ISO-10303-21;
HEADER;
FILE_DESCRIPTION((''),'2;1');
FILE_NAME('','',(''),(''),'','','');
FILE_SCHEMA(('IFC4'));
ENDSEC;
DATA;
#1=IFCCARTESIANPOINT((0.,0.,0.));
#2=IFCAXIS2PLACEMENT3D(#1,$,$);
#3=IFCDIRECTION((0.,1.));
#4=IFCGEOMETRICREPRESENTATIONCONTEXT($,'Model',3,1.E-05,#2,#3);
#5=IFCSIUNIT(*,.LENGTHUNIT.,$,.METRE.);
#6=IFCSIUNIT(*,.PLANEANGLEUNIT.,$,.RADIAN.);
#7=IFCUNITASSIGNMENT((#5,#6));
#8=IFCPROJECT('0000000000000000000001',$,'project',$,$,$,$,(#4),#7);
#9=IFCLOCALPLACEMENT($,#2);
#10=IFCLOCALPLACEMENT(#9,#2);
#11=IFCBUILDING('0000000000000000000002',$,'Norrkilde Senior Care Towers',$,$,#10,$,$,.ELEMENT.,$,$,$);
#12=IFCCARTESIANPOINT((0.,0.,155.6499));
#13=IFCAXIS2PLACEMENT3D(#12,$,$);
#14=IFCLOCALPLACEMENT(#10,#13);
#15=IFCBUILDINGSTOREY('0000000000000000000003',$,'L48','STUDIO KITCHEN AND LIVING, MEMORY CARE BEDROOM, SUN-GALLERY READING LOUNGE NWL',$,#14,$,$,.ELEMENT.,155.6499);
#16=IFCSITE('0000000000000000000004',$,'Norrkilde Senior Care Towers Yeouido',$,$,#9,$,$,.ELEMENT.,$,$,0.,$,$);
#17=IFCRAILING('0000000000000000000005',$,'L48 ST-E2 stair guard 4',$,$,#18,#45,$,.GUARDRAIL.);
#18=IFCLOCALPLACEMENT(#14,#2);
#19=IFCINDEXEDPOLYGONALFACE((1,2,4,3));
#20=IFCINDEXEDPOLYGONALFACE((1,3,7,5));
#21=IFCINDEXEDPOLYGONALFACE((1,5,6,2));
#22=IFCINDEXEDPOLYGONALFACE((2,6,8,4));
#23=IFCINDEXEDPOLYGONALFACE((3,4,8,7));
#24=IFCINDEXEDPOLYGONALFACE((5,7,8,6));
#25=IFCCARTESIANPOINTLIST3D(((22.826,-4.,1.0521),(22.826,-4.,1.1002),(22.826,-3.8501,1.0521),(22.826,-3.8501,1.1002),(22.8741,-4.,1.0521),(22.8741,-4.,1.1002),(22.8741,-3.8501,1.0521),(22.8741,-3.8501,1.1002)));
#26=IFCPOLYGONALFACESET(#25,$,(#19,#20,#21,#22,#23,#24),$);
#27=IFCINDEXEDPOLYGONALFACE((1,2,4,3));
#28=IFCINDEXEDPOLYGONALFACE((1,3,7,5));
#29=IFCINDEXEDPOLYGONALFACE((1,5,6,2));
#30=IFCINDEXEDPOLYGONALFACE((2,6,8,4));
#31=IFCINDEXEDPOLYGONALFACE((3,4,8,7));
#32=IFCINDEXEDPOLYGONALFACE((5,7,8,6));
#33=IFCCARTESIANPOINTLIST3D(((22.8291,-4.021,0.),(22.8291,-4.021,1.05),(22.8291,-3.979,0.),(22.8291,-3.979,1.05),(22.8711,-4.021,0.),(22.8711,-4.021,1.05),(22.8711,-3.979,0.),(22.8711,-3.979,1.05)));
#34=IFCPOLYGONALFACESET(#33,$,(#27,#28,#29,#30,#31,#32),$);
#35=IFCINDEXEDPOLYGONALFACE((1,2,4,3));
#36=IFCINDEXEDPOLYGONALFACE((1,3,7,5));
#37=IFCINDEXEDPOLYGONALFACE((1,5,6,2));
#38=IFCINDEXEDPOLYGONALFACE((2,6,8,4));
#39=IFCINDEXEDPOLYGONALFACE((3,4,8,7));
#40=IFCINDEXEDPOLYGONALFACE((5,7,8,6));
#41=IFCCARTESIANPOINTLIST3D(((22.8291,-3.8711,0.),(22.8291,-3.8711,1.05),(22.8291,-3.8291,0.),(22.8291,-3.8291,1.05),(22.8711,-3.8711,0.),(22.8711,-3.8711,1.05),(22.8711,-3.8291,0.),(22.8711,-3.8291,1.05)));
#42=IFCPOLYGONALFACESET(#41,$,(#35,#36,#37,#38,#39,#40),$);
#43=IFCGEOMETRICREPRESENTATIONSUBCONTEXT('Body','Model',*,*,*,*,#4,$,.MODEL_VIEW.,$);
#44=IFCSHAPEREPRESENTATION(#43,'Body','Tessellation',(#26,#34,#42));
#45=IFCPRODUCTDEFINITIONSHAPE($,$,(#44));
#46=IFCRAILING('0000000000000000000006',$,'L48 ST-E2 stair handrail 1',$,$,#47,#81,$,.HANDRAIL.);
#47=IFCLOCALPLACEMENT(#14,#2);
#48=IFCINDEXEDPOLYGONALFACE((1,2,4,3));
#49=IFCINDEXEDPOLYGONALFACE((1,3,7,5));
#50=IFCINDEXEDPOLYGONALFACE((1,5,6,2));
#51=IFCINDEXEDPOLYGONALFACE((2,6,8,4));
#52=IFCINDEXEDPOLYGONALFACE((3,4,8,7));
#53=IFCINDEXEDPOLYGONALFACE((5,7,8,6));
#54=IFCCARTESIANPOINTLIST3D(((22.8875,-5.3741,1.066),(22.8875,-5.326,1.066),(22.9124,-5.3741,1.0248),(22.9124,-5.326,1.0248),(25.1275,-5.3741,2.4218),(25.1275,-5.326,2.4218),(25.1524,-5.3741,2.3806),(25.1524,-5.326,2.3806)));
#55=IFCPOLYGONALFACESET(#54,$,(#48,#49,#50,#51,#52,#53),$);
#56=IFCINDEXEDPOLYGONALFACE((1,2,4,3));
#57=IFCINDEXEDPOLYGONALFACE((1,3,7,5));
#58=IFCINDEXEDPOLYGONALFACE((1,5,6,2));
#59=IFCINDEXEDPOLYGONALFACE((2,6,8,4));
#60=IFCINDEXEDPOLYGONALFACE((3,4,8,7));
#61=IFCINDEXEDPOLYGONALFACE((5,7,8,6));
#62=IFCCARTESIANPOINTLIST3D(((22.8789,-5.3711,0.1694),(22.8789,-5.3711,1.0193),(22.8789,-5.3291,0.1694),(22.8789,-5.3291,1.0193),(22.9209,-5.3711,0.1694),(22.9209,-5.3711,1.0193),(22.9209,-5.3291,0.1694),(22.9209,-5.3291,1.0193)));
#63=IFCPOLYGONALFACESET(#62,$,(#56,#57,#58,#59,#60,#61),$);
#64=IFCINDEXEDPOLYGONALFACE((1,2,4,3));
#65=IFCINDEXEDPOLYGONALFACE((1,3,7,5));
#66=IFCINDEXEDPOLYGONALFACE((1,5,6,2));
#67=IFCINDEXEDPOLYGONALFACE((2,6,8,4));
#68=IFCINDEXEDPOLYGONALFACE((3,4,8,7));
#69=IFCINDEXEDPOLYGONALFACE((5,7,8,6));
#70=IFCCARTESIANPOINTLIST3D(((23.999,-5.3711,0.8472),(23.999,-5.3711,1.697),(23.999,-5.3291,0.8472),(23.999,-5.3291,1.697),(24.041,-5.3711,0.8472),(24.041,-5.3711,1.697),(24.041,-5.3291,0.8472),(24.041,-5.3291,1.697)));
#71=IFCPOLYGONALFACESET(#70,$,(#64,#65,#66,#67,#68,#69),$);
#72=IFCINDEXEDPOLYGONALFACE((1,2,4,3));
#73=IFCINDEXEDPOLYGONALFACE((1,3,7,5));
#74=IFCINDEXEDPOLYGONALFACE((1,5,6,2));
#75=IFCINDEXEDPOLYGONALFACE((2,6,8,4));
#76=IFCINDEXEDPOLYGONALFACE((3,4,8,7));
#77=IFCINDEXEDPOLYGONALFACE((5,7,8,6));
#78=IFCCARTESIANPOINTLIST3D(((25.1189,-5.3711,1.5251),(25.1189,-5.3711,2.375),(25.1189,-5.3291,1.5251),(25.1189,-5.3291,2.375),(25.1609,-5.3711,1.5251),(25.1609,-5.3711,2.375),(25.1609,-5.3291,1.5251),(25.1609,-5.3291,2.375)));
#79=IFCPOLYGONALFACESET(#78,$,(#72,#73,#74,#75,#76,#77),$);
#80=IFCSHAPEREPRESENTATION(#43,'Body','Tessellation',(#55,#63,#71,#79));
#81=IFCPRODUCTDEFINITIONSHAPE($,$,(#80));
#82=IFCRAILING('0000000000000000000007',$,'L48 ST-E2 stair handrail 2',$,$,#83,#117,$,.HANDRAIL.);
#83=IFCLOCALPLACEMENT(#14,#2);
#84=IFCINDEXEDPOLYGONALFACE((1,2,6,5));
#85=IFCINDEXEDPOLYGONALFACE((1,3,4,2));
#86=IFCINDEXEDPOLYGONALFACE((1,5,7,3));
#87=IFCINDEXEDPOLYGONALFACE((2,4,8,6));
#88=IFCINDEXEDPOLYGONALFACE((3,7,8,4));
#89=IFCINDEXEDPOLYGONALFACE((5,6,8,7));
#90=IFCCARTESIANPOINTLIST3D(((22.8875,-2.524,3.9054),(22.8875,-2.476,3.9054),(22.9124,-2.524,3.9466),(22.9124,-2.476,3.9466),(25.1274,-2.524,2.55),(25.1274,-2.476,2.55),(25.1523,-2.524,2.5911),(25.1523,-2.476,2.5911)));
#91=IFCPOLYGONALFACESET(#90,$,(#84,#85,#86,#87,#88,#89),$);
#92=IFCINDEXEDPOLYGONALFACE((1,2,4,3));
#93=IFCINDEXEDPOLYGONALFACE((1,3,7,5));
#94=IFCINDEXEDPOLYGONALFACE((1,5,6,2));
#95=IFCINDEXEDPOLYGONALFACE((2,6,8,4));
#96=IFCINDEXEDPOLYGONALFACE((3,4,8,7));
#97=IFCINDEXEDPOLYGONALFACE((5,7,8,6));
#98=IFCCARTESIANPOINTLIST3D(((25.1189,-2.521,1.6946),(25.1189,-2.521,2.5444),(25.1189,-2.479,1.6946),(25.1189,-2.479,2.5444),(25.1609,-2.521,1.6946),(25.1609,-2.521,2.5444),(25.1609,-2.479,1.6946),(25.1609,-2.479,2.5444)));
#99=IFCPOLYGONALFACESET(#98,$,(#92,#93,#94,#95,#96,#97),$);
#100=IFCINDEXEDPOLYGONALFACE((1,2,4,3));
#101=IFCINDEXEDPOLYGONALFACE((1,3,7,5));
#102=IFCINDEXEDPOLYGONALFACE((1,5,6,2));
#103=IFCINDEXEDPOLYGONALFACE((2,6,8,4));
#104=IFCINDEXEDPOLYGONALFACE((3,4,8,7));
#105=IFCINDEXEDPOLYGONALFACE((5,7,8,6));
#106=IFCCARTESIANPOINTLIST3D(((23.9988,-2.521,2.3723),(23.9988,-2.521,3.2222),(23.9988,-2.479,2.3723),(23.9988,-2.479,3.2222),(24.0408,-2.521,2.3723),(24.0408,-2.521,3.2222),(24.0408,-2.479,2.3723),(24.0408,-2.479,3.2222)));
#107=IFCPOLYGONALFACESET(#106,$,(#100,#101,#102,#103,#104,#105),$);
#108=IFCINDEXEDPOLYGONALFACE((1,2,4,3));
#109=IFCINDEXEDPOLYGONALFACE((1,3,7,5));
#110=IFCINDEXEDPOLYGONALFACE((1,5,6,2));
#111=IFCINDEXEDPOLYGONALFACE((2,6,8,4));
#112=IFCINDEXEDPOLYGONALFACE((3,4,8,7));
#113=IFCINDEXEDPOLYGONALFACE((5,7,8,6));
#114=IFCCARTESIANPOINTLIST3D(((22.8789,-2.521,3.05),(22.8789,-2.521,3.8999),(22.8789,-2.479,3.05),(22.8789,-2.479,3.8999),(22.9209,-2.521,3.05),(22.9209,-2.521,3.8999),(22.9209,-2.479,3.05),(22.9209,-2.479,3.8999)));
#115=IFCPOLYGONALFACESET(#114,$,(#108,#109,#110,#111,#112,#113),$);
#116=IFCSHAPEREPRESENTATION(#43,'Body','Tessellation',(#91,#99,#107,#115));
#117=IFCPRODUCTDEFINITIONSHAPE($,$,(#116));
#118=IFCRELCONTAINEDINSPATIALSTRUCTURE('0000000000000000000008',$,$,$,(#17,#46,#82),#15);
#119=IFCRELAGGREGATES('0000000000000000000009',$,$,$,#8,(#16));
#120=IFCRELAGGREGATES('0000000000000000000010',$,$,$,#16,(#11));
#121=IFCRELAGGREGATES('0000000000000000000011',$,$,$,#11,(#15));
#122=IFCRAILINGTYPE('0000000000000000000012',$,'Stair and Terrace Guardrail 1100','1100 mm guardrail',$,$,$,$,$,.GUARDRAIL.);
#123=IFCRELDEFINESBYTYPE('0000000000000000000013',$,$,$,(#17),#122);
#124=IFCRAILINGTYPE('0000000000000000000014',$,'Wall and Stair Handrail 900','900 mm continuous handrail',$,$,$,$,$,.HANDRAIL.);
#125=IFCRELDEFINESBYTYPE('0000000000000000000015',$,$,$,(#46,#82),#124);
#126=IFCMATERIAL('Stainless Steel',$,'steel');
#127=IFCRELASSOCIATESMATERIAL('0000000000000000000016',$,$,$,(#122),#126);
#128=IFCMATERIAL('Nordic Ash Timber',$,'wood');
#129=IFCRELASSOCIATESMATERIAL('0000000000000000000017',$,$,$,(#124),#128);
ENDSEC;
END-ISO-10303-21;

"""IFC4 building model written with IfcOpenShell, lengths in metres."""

from ifc_helpers import new_model, si_unit, direction, frame, origin, origin_2d, place, context, subcontext, project, spatial, rectangle, extrude, material, type_object, element, save


model = new_model("IFC4")

# Units and contexts
model_context = context("Model", 3, precision=1e-05, world=origin(), true_north=direction((0.0, 1.0)))
body_context = subcontext(model_context, "Body", "Model", "MODEL_VIEW")
ifc_project = project(units=[si_unit("LENGTHUNIT", "METRE"), si_unit("PLANEANGLEUNIT", "RADIAN")], contexts=[model_context])

# Site, building, storey
site_placement = place(None, origin())
site = spatial("IfcSite", under=ifc_project, at=site_placement, Name="Norrkilde Senior Care Towers Yeouido", CompositionType="ELEMENT", RefElevation=0.0)
building_placement = place(site_placement, origin())
building = spatial("IfcBuilding", under=site, at=building_placement, Name="Norrkilde Senior Care Towers", CompositionType="ELEMENT")
storey_placement = place(building_placement, frame((0.0, 0.0, 155.6499)))
storey = spatial("IfcBuildingStorey", under=building, at=storey_placement, Name="L48", Description="STUDIO KITCHEN AND LIVING, MEMORY CARE BEDROOM, SUN-GALLERY READING LOUNGE NWL", CompositionType="ELEMENT", Elevation=155.6499)

# Railings
ifc_material_1 = material(Name="Stainless Steel", Category="steel")
railing_type_1 = type_object("IfcRailingType", Name="Stair and Terrace Guardrail 1100", Description="1100 mm guardrail", PredefinedType="GUARDRAIL", material=ifc_material_1)
railing_1_placement = place(storey_placement, frame((22.8501, -4.0, 0.0)))
element("IfcRailing", 1, at=railing_1_placement, inside=storey, type_object=railing_type_1, Name="L48 ST-E2 stair guard 4", PredefinedType="GUARDRAIL", context=body_context, shape_type="SweptSolid", body=[
    extrude(rectangle(XDim=0.0481, YDim=0.0481, at=origin_2d()), frame((0.0, 0.0, 1.0762), z_axis=(0.0, 1.0, 0.0), x_axis=(-1.0, 0.0, 0.0)), (0.0, 0.0, 1.0), 0.1499),
    extrude(rectangle(XDim=0.042, YDim=0.042, at=origin_2d()), origin(), (0.0, 0.0, 1.0), 1.05),
    extrude(rectangle(XDim=0.042, YDim=0.042, at=origin_2d()), frame((0.0, 0.1499, 0.0)), (0.0, 0.0, 1.0), 1.05),
])
ifc_material_2 = material(Name="Nordic Ash Timber", Category="wood")
railing_type_2 = type_object("IfcRailingType", Name="Wall and Stair Handrail 900", Description="900 mm continuous handrail", PredefinedType="HANDRAIL", material=ifc_material_2)
railing_2_placement = place(storey_placement, frame((22.8999, -5.3501, 0.1694)))
element("IfcRailing", 2, at=railing_2_placement, inside=storey, type_object=railing_type_2, Name="L48 ST-E2 stair handrail 1", PredefinedType="HANDRAIL", context=body_context, shape_type="SweptSolid", body=[
    extrude(rectangle(XDim=0.0481, YDim=0.0481, at=origin_2d()), frame((0.0, 0.0, 0.876), z_axis=(0.855512, 0.0, 0.517783), x_axis=(0.0, 1.0, 0.0)), (0.0, 0.0, 1.0), 2.6184),
    extrude(rectangle(XDim=0.042, YDim=0.042, at=origin_2d()), origin(), (0.0, 0.0, 1.0), 0.8499),
    extrude(rectangle(XDim=0.042, YDim=0.042, at=origin_2d()), frame((1.1201, 0.0, 0.6777)), (0.0, 0.0, 1.0), 0.8499),
    extrude(rectangle(XDim=0.042, YDim=0.042, at=origin_2d()), frame((2.24, 0.0, 1.3557)), (0.0, 0.0, 1.0), 0.8499),
])
railing_3_placement = place(storey_placement, frame((25.1399, -2.5, 1.6946)))
element("IfcRailing", 3, at=railing_3_placement, inside=storey, type_object=railing_type_2, Name="L48 ST-E2 stair handrail 2", PredefinedType="HANDRAIL", context=body_context, shape_type="SweptSolid", body=[
    extrude(rectangle(XDim=0.0481, YDim=0.0481, at=origin_2d()), frame((0.0, 0.0, 0.876), z_axis=(-0.855553, 0.0, 0.517715), x_axis=(0.0, -1.0, 0.0)), (0.0, 0.0, 1.0), 2.6182),
    extrude(rectangle(XDim=0.042, YDim=0.042, at=origin_2d()), origin(), (0.0, 0.0, 1.0), 0.8499),
    extrude(rectangle(XDim=0.042, YDim=0.042, at=origin_2d()), frame((-1.1201, 0.0, 0.6777)), (0.0, 0.0, 1.0), 0.8499),
    extrude(rectangle(XDim=0.042, YDim=0.042, at=origin_2d()), frame((-2.24, 0.0, 1.3555)), (0.0, 0.0, 1.0), 0.8499),
])

save(model, "model.ifc")
